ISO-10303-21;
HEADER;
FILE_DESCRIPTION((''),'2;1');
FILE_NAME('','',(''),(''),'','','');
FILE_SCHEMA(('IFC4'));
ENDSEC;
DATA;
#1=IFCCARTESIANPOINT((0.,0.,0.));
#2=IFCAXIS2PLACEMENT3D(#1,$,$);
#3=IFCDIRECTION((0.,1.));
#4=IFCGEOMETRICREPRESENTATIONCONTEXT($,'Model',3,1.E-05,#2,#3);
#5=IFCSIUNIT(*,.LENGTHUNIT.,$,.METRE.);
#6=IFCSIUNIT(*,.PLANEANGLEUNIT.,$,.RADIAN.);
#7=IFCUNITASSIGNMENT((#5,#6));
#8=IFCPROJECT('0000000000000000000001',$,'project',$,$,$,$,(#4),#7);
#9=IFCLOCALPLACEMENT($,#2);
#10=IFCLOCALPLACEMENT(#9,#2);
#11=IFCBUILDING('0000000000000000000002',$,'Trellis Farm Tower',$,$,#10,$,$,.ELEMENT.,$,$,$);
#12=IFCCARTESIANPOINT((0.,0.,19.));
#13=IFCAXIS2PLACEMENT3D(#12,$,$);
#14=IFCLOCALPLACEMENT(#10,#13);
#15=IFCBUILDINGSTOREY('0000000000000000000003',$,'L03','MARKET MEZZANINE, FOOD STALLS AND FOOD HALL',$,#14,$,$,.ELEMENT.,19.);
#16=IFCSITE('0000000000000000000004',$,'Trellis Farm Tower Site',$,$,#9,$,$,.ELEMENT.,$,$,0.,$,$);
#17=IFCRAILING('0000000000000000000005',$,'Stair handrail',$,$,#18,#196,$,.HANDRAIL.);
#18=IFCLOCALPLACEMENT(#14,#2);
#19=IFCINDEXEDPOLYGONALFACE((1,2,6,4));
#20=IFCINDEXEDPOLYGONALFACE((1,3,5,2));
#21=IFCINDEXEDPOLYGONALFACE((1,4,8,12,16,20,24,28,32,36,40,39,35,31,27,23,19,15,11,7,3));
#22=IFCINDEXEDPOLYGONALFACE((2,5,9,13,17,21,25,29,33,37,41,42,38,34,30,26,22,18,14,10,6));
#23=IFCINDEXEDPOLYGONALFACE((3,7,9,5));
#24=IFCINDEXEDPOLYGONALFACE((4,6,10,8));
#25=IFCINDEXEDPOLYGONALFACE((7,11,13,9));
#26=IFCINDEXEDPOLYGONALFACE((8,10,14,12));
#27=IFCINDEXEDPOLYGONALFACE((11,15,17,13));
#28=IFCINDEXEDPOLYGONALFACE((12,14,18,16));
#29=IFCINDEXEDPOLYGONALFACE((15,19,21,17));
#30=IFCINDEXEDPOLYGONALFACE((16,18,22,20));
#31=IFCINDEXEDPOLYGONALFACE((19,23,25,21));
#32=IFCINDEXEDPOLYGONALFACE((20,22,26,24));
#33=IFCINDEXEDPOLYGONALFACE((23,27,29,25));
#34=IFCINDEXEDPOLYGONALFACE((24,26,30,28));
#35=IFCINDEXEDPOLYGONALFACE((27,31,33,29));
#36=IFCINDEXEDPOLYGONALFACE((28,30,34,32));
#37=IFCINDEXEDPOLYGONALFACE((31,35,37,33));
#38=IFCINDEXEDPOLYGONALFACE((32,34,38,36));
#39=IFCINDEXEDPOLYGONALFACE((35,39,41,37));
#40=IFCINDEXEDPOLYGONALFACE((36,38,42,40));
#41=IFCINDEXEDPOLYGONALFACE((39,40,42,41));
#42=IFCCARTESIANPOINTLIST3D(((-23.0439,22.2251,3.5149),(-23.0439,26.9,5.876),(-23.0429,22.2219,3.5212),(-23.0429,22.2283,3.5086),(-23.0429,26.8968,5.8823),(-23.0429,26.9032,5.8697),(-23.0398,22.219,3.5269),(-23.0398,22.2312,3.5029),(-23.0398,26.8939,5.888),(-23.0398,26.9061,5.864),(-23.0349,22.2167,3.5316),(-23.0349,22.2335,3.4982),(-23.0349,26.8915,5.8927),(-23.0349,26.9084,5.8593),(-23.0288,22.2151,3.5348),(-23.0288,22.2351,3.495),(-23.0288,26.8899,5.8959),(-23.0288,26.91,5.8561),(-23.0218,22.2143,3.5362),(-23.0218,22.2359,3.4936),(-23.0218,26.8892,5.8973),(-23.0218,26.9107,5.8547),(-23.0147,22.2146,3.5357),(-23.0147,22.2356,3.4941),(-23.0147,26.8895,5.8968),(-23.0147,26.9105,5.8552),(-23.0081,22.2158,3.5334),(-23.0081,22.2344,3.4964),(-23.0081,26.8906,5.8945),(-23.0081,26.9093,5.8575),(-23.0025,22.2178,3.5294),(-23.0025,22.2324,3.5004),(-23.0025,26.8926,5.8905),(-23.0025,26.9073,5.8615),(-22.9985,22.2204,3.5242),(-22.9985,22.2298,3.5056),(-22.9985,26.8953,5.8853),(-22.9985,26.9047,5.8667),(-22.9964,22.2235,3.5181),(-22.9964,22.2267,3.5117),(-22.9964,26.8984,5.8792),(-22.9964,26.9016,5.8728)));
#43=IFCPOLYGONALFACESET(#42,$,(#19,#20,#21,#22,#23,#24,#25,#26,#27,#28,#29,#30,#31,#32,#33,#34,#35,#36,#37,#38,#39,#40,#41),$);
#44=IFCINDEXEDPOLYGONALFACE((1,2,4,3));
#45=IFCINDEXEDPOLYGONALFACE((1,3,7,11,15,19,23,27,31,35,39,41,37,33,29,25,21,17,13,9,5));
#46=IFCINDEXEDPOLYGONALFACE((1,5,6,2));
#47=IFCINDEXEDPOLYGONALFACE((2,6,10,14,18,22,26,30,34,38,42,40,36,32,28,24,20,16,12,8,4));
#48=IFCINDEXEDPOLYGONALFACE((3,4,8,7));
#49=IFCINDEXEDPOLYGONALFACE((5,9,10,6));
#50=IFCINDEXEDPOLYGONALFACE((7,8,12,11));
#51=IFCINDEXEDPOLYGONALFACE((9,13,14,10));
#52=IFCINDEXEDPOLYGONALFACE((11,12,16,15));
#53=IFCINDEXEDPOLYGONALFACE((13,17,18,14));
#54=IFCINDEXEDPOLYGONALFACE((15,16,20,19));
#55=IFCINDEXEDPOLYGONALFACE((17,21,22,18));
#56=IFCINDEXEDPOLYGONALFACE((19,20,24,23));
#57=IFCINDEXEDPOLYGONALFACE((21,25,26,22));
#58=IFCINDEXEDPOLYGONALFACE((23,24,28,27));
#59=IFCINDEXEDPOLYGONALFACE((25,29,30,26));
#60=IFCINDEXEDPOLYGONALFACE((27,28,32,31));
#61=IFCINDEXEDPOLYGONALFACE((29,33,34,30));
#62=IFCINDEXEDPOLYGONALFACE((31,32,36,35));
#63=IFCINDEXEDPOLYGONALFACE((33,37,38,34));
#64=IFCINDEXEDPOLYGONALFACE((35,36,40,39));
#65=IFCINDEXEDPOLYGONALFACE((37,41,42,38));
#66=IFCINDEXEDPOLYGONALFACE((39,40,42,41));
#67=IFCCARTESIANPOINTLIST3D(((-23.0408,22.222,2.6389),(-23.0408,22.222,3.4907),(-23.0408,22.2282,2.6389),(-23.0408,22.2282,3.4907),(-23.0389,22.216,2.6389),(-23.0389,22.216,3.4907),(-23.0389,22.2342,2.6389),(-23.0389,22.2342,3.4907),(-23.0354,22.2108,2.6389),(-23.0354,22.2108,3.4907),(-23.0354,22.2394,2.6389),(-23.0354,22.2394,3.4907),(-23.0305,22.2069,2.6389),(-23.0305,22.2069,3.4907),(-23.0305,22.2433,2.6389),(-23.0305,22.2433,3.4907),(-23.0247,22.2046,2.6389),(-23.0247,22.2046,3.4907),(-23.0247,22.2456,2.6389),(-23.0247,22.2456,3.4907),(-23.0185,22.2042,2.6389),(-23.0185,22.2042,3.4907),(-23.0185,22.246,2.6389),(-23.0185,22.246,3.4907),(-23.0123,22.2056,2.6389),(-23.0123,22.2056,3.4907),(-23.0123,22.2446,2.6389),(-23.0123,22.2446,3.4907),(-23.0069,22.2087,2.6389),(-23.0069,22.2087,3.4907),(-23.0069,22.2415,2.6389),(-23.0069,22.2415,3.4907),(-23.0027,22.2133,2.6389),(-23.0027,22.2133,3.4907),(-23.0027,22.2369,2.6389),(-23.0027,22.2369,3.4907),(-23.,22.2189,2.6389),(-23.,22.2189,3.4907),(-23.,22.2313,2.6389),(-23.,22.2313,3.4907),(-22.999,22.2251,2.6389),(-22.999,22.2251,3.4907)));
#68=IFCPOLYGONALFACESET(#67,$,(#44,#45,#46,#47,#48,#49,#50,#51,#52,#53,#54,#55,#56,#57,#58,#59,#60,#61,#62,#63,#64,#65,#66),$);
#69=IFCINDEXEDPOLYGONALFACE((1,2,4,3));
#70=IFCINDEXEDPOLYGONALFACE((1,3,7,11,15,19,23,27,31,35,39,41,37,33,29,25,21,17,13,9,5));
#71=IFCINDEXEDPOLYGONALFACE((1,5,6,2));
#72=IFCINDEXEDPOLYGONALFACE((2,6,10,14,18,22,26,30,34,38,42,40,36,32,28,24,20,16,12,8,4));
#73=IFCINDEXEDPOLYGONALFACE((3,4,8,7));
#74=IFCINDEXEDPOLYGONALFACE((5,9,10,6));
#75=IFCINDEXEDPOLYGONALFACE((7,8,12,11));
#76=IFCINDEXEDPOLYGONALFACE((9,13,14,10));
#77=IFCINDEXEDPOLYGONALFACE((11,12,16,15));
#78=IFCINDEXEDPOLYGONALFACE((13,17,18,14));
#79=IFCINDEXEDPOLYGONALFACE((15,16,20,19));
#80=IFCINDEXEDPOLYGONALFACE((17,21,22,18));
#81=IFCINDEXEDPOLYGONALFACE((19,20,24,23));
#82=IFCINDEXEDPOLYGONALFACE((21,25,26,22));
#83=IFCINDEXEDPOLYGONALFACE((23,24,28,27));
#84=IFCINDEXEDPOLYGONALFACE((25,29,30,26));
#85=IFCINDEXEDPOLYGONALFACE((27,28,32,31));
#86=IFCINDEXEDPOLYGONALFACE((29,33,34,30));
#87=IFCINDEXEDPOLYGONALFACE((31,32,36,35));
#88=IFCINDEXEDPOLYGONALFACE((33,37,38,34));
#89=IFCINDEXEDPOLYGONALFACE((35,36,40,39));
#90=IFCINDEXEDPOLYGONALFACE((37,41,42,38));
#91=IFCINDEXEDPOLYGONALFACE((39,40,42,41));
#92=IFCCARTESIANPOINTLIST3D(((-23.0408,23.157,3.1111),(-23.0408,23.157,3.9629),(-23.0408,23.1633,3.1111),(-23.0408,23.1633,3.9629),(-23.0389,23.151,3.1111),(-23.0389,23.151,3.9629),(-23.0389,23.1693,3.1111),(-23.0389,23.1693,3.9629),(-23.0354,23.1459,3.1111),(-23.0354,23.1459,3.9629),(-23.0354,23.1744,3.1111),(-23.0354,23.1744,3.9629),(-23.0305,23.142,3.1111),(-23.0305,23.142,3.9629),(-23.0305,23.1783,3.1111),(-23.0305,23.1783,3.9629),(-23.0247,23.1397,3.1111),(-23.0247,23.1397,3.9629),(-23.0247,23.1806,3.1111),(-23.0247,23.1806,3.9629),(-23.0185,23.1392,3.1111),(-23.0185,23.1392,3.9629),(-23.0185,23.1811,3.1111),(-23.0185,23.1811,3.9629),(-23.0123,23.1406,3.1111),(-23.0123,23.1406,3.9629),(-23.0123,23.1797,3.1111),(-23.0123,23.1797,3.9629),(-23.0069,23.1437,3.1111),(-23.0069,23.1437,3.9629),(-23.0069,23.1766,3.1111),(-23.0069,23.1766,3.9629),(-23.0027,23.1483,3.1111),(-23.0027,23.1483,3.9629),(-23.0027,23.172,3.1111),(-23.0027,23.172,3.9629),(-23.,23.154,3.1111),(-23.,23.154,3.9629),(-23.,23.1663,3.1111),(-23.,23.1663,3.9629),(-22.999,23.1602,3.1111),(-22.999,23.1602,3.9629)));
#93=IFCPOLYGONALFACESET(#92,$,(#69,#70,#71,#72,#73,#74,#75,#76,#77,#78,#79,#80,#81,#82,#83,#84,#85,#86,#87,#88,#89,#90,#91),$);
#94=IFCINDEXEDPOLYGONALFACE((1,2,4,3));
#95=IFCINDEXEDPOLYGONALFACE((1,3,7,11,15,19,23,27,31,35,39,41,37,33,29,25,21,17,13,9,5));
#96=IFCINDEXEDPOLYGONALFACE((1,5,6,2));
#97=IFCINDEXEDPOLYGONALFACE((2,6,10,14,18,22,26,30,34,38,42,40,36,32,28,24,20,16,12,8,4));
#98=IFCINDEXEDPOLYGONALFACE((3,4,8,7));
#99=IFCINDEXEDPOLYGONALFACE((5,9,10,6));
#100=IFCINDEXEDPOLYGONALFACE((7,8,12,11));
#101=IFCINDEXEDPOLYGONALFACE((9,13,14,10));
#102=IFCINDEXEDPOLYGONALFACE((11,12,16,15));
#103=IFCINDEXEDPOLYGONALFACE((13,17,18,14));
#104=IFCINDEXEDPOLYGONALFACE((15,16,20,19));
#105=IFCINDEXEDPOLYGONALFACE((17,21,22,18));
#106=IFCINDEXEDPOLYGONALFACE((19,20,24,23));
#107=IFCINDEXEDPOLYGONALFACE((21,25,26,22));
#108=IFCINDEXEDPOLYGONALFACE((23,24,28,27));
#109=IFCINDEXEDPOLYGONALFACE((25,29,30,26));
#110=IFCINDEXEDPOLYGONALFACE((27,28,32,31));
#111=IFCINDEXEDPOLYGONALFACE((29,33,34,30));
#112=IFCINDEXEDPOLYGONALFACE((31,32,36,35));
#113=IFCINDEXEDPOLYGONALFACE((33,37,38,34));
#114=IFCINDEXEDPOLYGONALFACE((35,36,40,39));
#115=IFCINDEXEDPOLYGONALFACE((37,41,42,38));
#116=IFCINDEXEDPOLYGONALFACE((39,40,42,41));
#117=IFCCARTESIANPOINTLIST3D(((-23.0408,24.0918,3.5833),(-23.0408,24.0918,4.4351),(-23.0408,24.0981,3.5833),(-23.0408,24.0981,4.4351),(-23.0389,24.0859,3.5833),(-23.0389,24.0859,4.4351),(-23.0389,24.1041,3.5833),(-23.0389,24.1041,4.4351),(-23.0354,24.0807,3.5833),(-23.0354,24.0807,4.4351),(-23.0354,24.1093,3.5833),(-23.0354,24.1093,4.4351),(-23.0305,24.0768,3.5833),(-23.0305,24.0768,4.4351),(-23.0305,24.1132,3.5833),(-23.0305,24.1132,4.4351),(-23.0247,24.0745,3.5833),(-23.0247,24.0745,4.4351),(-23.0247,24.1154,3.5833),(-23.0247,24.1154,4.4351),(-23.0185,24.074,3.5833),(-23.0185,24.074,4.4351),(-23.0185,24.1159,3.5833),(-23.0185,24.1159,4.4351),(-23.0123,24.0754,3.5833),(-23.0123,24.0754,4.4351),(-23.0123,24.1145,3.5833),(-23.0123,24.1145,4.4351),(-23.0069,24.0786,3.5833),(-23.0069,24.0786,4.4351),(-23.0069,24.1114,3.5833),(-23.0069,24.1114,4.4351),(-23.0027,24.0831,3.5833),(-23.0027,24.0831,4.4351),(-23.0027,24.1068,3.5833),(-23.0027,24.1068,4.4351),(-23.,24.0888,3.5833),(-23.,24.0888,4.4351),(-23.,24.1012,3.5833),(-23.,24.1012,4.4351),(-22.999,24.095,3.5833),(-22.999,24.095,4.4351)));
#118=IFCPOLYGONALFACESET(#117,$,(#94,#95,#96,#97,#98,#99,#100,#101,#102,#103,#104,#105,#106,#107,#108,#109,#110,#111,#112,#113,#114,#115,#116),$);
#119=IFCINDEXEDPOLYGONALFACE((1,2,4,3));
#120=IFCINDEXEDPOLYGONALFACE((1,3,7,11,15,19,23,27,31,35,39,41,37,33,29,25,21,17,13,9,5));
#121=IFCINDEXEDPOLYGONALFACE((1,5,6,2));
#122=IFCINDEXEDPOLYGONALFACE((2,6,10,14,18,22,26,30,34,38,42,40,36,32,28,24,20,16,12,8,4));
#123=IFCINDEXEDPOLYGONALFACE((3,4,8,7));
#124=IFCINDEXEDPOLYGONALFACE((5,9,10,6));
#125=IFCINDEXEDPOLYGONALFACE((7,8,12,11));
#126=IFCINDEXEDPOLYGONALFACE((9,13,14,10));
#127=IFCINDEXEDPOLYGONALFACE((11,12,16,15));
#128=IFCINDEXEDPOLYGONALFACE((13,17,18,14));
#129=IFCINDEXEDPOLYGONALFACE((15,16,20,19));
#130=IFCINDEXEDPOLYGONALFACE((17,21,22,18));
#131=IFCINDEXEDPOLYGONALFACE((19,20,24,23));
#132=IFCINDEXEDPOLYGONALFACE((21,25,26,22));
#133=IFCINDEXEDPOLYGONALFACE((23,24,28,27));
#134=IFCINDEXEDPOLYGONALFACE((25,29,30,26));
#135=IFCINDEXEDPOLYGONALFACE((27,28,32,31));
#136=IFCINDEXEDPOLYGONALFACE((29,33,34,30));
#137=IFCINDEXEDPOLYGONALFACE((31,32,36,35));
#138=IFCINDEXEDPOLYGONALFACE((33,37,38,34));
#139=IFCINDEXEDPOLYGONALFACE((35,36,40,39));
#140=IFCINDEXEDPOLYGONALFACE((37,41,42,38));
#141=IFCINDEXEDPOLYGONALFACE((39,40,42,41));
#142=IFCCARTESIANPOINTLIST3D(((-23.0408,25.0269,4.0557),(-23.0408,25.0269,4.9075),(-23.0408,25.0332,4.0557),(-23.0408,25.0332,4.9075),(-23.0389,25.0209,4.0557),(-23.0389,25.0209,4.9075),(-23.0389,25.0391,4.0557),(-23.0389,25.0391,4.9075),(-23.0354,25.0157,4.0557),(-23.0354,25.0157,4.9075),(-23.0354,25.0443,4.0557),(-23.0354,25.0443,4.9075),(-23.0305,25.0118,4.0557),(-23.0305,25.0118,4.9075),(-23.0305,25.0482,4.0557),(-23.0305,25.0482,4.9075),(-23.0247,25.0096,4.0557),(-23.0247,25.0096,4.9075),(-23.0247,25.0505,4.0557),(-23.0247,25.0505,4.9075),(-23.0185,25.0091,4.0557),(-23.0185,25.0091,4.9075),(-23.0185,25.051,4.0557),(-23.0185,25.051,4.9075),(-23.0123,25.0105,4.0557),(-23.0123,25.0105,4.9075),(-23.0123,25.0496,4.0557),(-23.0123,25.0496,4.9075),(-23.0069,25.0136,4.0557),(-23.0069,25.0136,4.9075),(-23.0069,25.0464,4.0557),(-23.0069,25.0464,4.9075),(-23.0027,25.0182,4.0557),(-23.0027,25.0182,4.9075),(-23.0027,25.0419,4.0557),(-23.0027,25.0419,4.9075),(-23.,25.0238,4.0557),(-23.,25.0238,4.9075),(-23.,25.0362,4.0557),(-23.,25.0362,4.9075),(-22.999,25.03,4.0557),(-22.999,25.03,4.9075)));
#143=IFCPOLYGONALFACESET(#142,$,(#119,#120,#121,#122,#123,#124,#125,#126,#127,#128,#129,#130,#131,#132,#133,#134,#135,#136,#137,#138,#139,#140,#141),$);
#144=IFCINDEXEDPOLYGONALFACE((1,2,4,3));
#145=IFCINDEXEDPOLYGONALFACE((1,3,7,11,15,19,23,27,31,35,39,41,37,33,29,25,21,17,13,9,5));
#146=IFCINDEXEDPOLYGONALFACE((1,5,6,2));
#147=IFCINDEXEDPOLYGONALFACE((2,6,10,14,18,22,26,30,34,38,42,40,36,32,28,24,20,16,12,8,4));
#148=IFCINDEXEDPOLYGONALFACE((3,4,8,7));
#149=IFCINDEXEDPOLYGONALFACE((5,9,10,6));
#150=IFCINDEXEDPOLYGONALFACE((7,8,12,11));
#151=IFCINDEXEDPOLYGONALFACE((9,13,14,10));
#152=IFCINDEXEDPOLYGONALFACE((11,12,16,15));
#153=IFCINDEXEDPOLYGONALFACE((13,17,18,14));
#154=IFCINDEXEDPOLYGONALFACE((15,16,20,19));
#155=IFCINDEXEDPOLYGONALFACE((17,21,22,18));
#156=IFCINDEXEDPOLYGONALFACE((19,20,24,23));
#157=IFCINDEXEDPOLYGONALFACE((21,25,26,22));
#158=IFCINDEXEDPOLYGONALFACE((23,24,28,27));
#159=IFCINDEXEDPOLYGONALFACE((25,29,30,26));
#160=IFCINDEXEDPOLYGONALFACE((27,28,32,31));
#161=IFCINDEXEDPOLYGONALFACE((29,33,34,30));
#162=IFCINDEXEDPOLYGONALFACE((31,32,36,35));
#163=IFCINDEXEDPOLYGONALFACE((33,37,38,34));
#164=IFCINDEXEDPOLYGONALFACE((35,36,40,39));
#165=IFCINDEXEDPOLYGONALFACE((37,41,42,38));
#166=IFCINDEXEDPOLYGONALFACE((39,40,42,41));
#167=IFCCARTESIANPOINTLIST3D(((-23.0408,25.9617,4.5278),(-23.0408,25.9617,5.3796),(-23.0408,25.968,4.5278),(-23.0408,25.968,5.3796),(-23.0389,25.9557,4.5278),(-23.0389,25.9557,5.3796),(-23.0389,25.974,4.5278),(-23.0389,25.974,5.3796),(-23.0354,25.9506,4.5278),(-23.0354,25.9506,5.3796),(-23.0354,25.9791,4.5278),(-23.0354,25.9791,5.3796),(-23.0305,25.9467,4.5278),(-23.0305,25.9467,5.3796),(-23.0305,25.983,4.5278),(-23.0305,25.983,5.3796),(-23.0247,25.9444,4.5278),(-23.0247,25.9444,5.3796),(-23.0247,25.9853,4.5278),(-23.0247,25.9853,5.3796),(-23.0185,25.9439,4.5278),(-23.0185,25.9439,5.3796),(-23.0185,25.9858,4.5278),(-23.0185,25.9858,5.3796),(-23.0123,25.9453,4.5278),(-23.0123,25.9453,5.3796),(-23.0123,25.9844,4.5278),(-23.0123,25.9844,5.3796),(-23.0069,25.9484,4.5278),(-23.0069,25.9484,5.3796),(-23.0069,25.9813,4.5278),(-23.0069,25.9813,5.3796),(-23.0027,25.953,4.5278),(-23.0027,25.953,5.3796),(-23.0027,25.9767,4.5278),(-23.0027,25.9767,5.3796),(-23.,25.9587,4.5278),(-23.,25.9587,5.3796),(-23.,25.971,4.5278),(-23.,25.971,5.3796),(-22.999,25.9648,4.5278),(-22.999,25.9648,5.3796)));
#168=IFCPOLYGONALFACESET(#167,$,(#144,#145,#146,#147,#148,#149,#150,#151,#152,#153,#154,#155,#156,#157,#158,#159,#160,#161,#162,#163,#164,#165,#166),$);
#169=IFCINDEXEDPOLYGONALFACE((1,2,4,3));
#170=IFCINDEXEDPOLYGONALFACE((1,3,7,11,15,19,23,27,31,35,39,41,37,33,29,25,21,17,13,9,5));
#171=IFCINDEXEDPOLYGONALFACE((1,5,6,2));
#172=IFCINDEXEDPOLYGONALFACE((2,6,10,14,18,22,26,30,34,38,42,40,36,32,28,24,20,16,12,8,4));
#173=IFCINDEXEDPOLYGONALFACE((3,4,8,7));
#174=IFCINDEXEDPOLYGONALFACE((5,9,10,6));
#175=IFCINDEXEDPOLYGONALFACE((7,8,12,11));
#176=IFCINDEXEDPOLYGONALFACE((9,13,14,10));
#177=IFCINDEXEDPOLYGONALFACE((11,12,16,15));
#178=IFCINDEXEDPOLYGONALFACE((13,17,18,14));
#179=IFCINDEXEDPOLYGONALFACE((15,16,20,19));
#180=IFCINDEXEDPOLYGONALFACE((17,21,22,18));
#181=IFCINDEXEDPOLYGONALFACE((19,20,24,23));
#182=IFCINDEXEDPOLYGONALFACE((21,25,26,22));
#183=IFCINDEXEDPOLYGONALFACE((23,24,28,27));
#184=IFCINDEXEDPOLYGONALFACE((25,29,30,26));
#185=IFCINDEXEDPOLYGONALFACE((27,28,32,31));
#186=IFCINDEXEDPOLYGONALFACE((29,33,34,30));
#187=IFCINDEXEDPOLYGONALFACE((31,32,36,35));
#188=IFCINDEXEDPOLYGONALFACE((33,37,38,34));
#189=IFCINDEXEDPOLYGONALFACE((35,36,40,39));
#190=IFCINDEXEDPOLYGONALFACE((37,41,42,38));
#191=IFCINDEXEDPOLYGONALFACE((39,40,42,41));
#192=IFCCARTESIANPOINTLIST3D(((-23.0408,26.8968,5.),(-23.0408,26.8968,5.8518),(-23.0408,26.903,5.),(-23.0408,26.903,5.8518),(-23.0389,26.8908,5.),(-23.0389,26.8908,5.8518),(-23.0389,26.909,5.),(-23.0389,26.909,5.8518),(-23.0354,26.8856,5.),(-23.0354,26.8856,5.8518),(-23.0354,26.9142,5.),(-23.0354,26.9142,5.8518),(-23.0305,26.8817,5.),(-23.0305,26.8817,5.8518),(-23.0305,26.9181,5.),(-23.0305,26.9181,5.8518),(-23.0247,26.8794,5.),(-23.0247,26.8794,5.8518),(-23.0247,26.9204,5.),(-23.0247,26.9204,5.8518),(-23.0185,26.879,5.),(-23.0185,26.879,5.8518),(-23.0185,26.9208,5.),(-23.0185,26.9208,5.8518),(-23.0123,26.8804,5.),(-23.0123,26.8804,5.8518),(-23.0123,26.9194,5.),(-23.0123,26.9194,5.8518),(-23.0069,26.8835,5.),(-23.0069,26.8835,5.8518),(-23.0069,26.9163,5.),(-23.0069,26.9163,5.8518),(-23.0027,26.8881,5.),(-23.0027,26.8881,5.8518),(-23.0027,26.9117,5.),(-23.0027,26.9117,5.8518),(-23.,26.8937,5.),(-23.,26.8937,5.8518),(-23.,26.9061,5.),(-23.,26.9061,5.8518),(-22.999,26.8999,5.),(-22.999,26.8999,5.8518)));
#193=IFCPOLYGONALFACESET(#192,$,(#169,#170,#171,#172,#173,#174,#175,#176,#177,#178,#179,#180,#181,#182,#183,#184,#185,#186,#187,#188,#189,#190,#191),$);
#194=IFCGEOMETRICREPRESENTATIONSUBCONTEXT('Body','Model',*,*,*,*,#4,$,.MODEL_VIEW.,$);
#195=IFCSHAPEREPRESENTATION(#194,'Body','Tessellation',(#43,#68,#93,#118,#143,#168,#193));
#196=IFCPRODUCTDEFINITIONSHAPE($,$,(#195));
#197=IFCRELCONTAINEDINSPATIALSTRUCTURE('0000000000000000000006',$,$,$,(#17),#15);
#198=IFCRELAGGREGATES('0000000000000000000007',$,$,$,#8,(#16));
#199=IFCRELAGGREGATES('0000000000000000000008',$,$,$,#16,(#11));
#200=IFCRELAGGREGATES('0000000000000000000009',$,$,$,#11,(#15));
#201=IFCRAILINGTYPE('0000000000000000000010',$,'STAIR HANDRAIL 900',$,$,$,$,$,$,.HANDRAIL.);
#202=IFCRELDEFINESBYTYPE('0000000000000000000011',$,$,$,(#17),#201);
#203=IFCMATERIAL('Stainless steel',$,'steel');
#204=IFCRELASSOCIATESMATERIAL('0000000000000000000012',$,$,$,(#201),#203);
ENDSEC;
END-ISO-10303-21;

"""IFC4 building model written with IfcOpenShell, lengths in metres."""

from ifc_helpers import new_model, si_unit, direction, frame, origin, origin_2d, place, context, subcontext, project, spatial, circle, extrude, source, transform, mapped, material, type_object, element, save


model = new_model("IFC4")

# Units and contexts
model_context = context("Model", 3, precision=1e-05, world=origin(), true_north=direction((0.0, 1.0)))
body_context = subcontext(model_context, "Body", "Model", "MODEL_VIEW")
ifc_project = project(units=[si_unit("LENGTHUNIT", "METRE"), si_unit("PLANEANGLEUNIT", "RADIAN")], contexts=[model_context])

# Site, building, storey
site_placement = place(None, origin())
site = spatial("IfcSite", under=ifc_project, at=site_placement, Name="Trellis Farm Tower Site", CompositionType="ELEMENT", RefElevation=0.0)
building_placement = place(site_placement, origin())
building = spatial("IfcBuilding", under=site, at=building_placement, Name="Trellis Farm Tower", CompositionType="ELEMENT")
storey_placement = place(building_placement, frame((0.0, 0.0, 19.0)))
storey = spatial("IfcBuildingStorey", under=building, at=storey_placement, Name="L03", Description="MARKET MEZZANINE, FOOD STALLS AND FOOD HALL", CompositionType="ELEMENT", Elevation=19.0)

# Railing
ifc_material_1 = material(Name="Stainless steel", Category="steel")
railing_type = type_object("IfcRailingType", Name="STAIR HANDRAIL 900", PredefinedType="HANDRAIL", material=ifc_material_1)
shared_shape_1 = source(origin(), body_context, "Body", "SweptSolid", [
    extrude(circle(Radius=0.0239, at=origin_2d()), frame((0.0, 0.0, 0.876), z_axis=(0.0, 0.892611, 0.450827), x_axis=(-1.0, 0.0, 0.0)), (0.0, 0.0, 1.0), 5.2373),
    extrude(circle(Radius=0.021, at=origin_2d()), origin(), (0.0, 0.0, 1.0), 0.8518),
    extrude(circle(Radius=0.021, at=origin_2d()), frame((0.0, 0.9351, 0.4722)), (0.0, 0.0, 1.0), 0.8518),
    extrude(circle(Radius=0.021, at=origin_2d()), frame((0.0, 1.8699, 0.9443)), (0.0, 0.0, 1.0), 0.8518),
    extrude(circle(Radius=0.021, at=origin_2d()), frame((0.0, 2.8049, 1.4167)), (0.0, 0.0, 1.0), 0.8518),
    extrude(circle(Radius=0.021, at=origin_2d()), frame((0.0, 3.7397, 1.8889)), (0.0, 0.0, 1.0), 0.8518),
    extrude(circle(Radius=0.021, at=origin_2d()), frame((0.0, 4.6748, 2.3611)), (0.0, 0.0, 1.0), 0.8518),
])
for number, where, name in (
    (1, (-23.02, 22.2251, 2.6389), "Stair handrail"),
):
    element("IfcRailing", number, at=place(storey_placement, frame(where)), inside=storey, type_object=railing_type, Name=name, PredefinedType="HANDRAIL", context=body_context, shape_type="MappedRepresentation", body=[
        mapped(shared_shape_1, transform((0.0, 0.0, 0.0))),
    ])

save(model, "model.ifc")
